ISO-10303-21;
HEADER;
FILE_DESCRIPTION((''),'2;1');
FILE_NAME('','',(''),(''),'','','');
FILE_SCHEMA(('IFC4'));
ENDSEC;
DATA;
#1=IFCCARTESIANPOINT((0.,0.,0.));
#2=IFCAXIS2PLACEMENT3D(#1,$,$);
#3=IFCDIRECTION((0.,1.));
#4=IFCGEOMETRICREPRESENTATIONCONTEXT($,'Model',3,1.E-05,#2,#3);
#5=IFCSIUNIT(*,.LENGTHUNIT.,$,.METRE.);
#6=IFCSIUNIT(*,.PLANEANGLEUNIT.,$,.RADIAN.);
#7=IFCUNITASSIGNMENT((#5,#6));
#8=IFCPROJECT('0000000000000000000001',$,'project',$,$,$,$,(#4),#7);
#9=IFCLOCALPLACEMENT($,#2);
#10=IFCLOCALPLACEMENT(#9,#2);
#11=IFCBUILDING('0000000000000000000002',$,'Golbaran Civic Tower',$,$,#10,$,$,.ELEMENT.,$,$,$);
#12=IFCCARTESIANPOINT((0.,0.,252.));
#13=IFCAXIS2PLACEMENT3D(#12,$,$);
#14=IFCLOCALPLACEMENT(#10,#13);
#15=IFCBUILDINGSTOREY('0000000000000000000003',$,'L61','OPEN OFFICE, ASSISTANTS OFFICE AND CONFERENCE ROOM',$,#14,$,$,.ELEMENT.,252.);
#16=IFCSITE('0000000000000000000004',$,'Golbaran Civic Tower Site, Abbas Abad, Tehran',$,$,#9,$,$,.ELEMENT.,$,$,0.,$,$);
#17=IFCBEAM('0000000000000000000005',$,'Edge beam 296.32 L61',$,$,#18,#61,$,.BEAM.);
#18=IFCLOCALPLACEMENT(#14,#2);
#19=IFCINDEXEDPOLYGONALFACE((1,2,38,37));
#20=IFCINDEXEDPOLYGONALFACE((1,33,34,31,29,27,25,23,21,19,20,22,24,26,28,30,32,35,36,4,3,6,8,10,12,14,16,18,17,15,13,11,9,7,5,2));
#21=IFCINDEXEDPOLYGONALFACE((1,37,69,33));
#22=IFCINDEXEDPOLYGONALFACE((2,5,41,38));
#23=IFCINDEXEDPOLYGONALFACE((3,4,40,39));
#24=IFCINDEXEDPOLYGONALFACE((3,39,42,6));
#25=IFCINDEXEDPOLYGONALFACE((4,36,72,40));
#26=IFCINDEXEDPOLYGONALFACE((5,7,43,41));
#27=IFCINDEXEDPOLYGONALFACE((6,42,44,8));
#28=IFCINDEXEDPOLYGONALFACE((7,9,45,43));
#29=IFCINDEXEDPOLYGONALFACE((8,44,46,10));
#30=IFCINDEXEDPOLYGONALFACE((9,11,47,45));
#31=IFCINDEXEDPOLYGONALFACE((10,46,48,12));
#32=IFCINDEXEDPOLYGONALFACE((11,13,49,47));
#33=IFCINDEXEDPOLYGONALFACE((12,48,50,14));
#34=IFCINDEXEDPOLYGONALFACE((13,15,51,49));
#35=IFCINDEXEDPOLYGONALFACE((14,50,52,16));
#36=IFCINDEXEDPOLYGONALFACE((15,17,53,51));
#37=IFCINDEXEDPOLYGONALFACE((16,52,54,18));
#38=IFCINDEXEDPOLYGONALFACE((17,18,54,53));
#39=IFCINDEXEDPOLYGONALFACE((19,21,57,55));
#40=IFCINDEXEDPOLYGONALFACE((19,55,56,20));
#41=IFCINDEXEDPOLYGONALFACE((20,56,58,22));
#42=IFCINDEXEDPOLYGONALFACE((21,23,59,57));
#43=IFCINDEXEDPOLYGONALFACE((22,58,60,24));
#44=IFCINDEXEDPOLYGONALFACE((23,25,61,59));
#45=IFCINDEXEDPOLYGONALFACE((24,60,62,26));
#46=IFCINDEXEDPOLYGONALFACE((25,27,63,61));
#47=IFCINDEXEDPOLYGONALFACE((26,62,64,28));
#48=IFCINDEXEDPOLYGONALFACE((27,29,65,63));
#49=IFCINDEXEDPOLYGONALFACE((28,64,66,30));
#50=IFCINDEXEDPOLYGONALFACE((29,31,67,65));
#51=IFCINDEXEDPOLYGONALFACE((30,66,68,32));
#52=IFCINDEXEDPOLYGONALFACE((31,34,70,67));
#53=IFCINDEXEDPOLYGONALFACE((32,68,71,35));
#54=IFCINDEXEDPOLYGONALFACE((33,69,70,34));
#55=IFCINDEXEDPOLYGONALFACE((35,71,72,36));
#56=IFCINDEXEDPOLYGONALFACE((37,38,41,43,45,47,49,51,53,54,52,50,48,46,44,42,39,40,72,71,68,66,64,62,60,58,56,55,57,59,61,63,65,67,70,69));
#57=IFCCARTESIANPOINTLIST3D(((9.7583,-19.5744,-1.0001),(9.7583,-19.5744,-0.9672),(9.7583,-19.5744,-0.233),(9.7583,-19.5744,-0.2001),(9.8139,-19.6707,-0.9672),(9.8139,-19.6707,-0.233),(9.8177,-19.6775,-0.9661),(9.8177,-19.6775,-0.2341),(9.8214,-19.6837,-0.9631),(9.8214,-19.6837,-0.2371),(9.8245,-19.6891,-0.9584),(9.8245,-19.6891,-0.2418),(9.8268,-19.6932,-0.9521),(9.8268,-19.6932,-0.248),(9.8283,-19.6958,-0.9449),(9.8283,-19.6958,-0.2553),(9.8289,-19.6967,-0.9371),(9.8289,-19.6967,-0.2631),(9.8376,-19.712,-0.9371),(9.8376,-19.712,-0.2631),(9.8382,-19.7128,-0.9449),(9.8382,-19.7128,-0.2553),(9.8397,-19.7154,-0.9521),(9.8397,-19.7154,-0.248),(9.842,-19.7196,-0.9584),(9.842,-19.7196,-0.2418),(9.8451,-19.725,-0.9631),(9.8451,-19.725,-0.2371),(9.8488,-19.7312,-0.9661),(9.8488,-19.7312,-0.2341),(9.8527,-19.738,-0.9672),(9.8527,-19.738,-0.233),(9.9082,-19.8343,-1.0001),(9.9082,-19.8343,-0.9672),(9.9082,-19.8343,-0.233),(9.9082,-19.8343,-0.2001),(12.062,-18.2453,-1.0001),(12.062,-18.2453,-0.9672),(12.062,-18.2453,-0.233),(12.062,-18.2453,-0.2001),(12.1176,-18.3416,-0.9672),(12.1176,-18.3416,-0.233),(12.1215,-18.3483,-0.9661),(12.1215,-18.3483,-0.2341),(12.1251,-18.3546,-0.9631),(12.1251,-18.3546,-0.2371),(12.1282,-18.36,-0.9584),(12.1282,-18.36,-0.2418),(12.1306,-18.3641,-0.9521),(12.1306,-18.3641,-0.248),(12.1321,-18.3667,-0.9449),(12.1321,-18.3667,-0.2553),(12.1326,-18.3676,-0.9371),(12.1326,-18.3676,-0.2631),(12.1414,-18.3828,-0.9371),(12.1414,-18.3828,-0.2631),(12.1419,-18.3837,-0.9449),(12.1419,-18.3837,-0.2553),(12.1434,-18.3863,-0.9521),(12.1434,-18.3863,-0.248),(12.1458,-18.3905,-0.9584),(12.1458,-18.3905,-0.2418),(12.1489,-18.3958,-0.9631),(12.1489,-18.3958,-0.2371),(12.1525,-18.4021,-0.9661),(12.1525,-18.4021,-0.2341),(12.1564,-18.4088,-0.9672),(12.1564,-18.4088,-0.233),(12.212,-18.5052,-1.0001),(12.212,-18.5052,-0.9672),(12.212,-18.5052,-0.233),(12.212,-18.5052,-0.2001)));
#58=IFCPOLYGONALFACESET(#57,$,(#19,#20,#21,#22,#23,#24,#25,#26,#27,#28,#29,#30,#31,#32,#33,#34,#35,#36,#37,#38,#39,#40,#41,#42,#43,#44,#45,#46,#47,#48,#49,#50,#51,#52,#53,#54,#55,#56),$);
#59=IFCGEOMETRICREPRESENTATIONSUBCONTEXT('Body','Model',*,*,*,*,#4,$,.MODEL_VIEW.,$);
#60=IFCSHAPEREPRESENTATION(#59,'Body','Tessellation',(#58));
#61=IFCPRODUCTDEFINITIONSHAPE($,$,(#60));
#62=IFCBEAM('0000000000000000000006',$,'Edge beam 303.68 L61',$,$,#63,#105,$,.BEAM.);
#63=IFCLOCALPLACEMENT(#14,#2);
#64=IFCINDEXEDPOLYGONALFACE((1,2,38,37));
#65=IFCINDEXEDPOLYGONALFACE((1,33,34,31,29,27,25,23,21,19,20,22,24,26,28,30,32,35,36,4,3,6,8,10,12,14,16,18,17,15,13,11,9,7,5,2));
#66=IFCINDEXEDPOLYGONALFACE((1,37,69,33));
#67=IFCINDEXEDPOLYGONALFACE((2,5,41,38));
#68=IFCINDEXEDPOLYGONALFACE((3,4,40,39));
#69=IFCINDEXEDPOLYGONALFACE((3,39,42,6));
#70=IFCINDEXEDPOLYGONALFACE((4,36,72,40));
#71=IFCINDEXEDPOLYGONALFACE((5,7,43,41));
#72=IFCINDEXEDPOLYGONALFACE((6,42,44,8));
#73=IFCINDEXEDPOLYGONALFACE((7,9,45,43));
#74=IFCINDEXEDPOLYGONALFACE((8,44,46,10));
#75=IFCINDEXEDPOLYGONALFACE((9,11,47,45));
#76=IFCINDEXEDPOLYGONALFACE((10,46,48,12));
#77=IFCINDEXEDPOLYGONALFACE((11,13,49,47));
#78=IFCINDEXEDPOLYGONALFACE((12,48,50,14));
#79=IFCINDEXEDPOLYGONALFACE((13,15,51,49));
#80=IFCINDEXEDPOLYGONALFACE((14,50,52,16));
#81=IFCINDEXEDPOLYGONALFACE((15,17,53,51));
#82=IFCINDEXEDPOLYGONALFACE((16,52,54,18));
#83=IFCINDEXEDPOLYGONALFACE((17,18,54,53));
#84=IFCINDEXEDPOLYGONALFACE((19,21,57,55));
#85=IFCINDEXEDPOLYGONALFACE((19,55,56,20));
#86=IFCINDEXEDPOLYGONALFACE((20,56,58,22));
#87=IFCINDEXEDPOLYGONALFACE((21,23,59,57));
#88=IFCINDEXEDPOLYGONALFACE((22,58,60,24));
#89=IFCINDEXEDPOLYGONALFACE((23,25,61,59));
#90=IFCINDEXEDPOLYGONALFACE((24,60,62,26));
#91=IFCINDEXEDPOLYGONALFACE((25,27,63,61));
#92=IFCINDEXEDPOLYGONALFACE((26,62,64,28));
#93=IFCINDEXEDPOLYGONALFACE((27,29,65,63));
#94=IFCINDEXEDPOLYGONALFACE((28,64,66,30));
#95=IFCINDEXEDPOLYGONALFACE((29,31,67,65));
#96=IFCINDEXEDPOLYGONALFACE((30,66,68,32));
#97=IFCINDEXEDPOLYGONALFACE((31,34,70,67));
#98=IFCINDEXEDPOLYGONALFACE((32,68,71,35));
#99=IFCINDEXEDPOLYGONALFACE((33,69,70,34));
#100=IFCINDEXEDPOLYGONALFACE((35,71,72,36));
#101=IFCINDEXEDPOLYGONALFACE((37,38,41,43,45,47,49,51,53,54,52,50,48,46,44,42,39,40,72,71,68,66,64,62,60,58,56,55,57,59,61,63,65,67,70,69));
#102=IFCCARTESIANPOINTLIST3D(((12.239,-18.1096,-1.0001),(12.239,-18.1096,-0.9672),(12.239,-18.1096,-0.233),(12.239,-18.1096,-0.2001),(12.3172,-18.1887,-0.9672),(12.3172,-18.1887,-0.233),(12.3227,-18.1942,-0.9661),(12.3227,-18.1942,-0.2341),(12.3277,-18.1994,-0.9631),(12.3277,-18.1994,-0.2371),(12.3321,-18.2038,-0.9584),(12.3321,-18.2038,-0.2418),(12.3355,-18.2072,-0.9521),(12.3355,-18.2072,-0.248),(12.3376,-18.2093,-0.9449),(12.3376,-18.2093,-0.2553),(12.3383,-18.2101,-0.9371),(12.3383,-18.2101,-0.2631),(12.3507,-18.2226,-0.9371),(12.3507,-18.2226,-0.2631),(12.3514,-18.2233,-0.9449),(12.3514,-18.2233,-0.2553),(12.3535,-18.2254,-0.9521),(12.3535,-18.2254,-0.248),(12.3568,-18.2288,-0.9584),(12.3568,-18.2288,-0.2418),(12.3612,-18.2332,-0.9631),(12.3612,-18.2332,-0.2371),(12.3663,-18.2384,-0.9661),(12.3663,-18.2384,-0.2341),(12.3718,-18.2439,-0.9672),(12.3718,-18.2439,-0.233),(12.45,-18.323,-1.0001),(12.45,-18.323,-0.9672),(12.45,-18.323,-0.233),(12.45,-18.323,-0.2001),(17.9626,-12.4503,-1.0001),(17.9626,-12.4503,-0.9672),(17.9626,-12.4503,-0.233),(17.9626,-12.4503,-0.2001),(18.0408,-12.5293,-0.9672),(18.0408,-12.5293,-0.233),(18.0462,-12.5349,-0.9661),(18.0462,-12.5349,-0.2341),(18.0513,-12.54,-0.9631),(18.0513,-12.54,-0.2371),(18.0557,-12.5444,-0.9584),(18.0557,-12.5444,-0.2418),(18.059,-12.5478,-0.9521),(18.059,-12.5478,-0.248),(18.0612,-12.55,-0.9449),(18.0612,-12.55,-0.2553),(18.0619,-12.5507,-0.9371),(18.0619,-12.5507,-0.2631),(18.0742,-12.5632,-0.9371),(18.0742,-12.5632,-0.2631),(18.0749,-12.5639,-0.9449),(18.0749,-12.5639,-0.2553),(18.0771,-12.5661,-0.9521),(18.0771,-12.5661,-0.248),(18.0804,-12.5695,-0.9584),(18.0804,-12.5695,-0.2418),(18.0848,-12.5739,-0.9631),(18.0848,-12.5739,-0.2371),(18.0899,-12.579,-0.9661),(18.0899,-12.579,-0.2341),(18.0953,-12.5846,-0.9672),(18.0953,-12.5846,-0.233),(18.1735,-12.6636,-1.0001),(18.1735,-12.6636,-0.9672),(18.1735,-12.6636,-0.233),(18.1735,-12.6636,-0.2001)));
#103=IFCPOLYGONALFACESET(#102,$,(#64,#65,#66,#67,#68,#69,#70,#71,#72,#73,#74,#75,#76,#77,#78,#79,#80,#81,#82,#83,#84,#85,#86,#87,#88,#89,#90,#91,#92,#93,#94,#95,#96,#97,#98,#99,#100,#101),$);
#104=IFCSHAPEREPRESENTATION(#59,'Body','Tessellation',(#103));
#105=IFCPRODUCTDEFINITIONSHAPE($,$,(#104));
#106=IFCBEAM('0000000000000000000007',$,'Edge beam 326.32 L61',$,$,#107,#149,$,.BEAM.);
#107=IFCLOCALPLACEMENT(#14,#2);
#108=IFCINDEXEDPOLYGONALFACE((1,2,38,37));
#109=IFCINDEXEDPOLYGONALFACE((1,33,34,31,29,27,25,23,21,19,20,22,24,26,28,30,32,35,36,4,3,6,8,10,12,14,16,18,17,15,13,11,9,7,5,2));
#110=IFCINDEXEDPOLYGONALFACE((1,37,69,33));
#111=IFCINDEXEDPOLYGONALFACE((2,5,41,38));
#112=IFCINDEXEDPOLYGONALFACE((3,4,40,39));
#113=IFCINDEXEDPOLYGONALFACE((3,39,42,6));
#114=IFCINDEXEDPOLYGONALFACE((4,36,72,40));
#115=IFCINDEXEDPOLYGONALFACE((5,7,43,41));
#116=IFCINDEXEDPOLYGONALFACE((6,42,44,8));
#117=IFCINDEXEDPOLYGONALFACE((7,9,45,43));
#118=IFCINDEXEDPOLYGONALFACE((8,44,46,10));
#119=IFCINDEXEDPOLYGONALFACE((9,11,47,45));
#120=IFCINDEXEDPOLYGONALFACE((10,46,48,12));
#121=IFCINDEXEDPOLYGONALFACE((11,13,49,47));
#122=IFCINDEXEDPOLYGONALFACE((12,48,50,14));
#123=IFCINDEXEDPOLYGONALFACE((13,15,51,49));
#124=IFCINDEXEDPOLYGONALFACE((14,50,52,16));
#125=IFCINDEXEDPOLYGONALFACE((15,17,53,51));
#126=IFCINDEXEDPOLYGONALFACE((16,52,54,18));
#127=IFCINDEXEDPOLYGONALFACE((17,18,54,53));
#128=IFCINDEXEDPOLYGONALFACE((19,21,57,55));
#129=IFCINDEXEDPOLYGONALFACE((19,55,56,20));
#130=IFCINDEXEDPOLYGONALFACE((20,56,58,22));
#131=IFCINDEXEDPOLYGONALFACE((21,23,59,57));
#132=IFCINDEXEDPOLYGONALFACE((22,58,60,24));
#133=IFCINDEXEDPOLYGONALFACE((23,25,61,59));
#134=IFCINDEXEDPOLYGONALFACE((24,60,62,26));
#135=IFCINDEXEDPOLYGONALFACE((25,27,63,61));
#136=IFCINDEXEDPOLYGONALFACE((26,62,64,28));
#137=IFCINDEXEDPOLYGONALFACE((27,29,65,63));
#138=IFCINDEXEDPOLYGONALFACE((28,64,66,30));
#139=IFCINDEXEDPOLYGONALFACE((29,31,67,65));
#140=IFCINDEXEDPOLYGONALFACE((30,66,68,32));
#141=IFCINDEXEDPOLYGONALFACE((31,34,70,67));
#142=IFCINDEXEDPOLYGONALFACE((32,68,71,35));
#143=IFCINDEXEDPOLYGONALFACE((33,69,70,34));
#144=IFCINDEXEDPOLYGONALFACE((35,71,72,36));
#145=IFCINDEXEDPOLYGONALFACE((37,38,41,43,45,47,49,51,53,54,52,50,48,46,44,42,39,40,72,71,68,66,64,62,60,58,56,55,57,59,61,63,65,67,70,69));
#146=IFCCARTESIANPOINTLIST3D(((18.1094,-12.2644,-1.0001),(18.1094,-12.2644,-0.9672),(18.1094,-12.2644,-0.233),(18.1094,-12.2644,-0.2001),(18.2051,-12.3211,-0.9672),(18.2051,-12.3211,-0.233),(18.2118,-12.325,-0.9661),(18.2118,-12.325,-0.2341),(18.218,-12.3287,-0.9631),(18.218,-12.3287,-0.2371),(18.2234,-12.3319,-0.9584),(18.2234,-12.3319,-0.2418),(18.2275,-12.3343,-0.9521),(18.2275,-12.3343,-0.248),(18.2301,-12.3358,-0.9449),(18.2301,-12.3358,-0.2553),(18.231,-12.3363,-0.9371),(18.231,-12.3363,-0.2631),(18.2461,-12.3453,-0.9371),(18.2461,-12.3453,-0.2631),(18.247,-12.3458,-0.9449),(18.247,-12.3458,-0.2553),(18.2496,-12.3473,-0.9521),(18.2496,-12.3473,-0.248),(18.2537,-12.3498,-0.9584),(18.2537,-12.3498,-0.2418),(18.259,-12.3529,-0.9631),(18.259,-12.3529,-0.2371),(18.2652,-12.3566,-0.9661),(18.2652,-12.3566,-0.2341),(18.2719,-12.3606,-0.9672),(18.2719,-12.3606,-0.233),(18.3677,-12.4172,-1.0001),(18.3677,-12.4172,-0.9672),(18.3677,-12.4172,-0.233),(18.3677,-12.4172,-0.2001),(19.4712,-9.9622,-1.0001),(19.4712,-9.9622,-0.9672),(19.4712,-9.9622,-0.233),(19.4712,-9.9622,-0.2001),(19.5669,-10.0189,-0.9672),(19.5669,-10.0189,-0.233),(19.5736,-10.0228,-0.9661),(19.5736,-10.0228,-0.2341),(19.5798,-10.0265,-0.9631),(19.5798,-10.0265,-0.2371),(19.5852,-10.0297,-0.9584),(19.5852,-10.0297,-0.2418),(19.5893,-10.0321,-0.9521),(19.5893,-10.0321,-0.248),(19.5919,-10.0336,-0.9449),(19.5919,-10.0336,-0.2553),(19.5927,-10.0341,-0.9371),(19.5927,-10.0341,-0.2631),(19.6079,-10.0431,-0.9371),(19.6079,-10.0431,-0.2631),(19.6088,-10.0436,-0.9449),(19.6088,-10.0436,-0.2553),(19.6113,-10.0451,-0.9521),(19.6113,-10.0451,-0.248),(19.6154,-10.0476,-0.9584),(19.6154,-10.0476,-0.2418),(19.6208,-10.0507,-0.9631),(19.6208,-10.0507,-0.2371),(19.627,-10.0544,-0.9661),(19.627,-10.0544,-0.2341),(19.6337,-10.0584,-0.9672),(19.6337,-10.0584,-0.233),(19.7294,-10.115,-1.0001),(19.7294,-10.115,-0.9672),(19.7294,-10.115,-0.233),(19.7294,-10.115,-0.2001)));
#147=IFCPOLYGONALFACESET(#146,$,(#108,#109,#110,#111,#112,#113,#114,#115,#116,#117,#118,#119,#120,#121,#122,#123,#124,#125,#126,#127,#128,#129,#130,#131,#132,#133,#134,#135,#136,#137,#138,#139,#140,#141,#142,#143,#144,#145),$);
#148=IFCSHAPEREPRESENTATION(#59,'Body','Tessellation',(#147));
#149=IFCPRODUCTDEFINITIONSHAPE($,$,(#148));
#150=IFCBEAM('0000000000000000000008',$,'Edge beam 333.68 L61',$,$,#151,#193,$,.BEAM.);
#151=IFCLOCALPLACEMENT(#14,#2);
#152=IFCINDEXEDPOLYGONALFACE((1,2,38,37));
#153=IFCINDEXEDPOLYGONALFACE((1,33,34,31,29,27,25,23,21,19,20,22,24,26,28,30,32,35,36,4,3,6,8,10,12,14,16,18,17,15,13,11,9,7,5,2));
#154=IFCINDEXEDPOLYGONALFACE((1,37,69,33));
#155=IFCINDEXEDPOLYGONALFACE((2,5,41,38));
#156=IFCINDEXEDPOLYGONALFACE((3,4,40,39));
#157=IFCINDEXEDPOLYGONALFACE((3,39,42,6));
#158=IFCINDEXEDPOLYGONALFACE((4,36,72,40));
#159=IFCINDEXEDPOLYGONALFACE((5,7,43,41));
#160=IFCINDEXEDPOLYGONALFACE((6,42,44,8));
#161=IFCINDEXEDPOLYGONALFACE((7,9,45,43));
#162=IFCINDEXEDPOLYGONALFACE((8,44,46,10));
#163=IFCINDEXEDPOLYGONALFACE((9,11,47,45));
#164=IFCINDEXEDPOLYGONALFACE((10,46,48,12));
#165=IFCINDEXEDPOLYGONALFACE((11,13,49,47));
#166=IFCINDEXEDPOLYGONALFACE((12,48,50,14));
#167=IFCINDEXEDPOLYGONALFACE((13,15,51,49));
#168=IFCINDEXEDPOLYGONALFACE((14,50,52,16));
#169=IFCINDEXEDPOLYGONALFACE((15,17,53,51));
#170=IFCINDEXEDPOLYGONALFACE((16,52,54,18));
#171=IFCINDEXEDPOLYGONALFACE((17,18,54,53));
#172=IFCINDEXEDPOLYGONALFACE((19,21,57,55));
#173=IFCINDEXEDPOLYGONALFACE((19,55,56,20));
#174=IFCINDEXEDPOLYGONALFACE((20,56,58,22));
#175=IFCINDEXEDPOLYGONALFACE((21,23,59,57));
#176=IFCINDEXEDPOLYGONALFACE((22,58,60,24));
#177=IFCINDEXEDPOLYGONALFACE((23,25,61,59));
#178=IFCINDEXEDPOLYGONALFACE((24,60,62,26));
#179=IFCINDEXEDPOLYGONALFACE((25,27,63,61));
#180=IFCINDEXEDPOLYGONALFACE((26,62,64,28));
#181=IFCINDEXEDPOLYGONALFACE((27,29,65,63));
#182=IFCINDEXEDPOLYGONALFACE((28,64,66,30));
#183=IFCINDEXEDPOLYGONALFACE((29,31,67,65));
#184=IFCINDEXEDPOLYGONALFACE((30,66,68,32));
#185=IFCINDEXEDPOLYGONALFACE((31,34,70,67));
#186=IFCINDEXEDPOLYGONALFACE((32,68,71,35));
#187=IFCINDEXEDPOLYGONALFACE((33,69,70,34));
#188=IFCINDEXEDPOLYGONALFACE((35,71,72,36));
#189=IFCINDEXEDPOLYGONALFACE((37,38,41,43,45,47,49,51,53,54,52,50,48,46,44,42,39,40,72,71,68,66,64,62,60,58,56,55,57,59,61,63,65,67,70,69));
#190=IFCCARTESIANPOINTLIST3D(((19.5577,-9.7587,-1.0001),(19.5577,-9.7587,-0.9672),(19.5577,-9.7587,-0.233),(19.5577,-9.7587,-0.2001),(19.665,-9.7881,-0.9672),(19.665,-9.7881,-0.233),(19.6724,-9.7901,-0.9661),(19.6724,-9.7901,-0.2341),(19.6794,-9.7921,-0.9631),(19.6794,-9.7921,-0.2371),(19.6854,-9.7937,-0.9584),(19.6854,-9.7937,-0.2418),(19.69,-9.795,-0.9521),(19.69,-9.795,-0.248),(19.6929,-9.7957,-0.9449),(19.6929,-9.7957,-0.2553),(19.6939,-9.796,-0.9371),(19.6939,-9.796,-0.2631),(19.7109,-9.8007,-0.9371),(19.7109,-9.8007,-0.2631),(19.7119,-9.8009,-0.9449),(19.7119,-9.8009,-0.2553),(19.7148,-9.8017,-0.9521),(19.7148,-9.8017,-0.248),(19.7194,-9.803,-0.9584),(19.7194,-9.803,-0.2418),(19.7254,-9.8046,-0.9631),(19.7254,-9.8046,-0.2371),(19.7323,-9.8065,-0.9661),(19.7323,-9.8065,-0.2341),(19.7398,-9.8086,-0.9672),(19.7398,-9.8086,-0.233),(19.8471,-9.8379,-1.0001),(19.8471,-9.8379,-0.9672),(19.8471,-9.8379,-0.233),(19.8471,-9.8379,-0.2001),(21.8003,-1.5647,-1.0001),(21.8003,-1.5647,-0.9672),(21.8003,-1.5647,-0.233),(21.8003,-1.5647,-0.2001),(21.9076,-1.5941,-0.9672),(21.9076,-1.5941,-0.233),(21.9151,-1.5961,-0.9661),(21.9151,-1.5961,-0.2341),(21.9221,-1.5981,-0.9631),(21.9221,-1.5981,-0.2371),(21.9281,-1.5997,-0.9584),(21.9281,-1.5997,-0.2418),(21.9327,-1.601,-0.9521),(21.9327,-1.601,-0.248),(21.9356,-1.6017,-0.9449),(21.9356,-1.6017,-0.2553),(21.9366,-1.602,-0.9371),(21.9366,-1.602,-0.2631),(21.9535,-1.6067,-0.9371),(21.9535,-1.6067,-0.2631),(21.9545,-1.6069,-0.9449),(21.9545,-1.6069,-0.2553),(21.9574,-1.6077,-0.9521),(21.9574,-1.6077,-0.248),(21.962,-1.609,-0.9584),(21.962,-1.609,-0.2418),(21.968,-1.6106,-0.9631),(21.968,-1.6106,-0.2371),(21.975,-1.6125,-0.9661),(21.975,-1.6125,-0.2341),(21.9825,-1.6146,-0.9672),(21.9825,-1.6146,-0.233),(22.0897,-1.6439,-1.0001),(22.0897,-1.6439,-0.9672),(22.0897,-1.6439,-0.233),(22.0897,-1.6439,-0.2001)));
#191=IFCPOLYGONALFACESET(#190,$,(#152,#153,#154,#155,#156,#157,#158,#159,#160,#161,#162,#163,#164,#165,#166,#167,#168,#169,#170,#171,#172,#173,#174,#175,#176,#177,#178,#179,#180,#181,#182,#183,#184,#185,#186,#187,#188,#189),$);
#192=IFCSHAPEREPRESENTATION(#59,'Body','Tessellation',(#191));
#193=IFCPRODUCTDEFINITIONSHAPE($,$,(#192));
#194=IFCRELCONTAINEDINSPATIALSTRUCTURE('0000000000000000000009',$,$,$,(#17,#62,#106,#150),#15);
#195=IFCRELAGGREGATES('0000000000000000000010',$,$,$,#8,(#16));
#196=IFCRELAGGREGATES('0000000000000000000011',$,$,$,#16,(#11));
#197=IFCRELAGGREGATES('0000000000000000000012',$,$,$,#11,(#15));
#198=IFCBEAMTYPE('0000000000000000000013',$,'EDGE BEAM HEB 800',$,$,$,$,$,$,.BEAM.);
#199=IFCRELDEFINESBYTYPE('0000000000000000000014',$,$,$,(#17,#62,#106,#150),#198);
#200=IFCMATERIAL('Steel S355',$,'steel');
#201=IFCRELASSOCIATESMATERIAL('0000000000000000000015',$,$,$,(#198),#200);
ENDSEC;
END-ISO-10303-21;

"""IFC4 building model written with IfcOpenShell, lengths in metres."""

from ifc_helpers import new_model, si_unit, direction, frame, origin, origin_2d, place, context, subcontext, project, spatial, i_section, extrude, material, material_profile, profile_set, type_object, element, save


model = new_model("IFC4")

# Units and contexts
model_context = context("Model", 3, precision=1e-05, world=origin(), true_north=direction((0.0, 1.0)))
body_context = subcontext(model_context, "Body", "Model", "MODEL_VIEW")
ifc_project = project(units=[si_unit("LENGTHUNIT", "METRE"), si_unit("PLANEANGLEUNIT", "RADIAN")], contexts=[model_context])

# Site, building, storey
site_placement = place(None, origin())
site = spatial("IfcSite", under=ifc_project, at=site_placement, Name="Golbaran Civic Tower Site, Abbas Abad, Tehran", CompositionType="ELEMENT", RefElevation=0.0)
building_placement = place(site_placement, origin())
building = spatial("IfcBuilding", under=site, at=building_placement, Name="Golbaran Civic Tower", CompositionType="ELEMENT")
storey_placement = place(building_placement, frame((0.0, 0.0, 252.0)))
storey = spatial("IfcBuildingStorey", under=building, at=storey_placement, Name="L61", Description="OPEN OFFICE, ASSISTANTS OFFICE AND CONFERENCE ROOM", CompositionType="ELEMENT", Elevation=252.0)

# Beams
ifc_material_1 = material(Name="Steel S355", Category="steel")
ifc_material_profile_1 = material_profile(ifc_material_1, i_section(OverallWidth=0.3, OverallDepth=0.8, WebThickness=0.0176, FlangeThickness=0.033, FilletRadius=0.03, at=origin_2d()), Name="HEB 800")
ifc_profile_set_1 = profile_set([ifc_material_profile_1], Name="Steel S355")
beam_type_1 = type_object("IfcBeamType", Name="EDGE BEAM HEB 800", PredefinedType="BEAM", material=ifc_profile_set_1)
beam_1_placement = place(storey_placement, frame((9.8333, -19.7043, -0.6001), z_axis=(0.866179, 0.499733, 0.0), x_axis=(-0.499733, 0.866179, 0.0)))
element("IfcBeam", 1, at=beam_1_placement, inside=storey, type_object=beam_type_1, Name="Edge beam 296.32 L61", PredefinedType="BEAM", context=body_context, shape_type="SweptSolid", body=[
    extrude(i_section(OverallWidth=0.3, OverallDepth=0.8, WebThickness=0.0176, FlangeThickness=0.033, FilletRadius=0.03, at=origin_2d()), origin(), (0.0, 0.0, 1.0), 2.6597),
])
beam_2_placement = place(storey_placement, frame((12.3445, -18.2163, -0.6001), z_axis=(0.711084, 0.703107, 0.0), x_axis=(-0.703107, 0.711084, 0.0)))
element("IfcBeam", 2, at=beam_2_placement, inside=storey, type_object=beam_type_1, Name="Edge beam 303.68 L61", PredefinedType="BEAM", context=body_context, shape_type="SweptSolid", body=[
    extrude(i_section(OverallWidth=0.3, OverallDepth=0.8, WebThickness=0.0176, FlangeThickness=0.033, FilletRadius=0.03, at=origin_2d()), origin(), (0.0, 0.0, 1.0), 8.0491),
])
beam_3_placement = place(storey_placement, frame((18.2385, -12.3408, -0.6001), z_axis=(0.509117, 0.860697, 0.0), x_axis=(-0.860697, 0.509117, 0.0)))
element("IfcBeam", 3, at=beam_3_placement, inside=storey, type_object=beam_type_1, Name="Edge beam 326.32 L61", PredefinedType="BEAM", context=body_context, shape_type="SweptSolid", body=[
    extrude(i_section(OverallWidth=0.3, OverallDepth=0.8, WebThickness=0.0176, FlangeThickness=0.033, FilletRadius=0.03, at=origin_2d()), origin(), (0.0, 0.0, 1.0), 2.6748),
])
beam_4_placement = place(storey_placement, frame((19.7024, -9.7983, -0.6001), z_axis=(0.263985, 0.964527, 0.0), x_axis=(-0.964527, 0.263985, 0.0)))
element("IfcBeam", 4, at=beam_4_placement, inside=storey, type_object=beam_type_1, Name="Edge beam 333.68 L61", PredefinedType="BEAM", context=body_context, shape_type="SweptSolid", body=[
    extrude(i_section(OverallWidth=0.3, OverallDepth=0.8, WebThickness=0.0176, FlangeThickness=0.033, FilletRadius=0.03, at=origin_2d()), origin(), (0.0, 0.0, 1.0), 8.4954),
])

save(model, "model.ifc")
